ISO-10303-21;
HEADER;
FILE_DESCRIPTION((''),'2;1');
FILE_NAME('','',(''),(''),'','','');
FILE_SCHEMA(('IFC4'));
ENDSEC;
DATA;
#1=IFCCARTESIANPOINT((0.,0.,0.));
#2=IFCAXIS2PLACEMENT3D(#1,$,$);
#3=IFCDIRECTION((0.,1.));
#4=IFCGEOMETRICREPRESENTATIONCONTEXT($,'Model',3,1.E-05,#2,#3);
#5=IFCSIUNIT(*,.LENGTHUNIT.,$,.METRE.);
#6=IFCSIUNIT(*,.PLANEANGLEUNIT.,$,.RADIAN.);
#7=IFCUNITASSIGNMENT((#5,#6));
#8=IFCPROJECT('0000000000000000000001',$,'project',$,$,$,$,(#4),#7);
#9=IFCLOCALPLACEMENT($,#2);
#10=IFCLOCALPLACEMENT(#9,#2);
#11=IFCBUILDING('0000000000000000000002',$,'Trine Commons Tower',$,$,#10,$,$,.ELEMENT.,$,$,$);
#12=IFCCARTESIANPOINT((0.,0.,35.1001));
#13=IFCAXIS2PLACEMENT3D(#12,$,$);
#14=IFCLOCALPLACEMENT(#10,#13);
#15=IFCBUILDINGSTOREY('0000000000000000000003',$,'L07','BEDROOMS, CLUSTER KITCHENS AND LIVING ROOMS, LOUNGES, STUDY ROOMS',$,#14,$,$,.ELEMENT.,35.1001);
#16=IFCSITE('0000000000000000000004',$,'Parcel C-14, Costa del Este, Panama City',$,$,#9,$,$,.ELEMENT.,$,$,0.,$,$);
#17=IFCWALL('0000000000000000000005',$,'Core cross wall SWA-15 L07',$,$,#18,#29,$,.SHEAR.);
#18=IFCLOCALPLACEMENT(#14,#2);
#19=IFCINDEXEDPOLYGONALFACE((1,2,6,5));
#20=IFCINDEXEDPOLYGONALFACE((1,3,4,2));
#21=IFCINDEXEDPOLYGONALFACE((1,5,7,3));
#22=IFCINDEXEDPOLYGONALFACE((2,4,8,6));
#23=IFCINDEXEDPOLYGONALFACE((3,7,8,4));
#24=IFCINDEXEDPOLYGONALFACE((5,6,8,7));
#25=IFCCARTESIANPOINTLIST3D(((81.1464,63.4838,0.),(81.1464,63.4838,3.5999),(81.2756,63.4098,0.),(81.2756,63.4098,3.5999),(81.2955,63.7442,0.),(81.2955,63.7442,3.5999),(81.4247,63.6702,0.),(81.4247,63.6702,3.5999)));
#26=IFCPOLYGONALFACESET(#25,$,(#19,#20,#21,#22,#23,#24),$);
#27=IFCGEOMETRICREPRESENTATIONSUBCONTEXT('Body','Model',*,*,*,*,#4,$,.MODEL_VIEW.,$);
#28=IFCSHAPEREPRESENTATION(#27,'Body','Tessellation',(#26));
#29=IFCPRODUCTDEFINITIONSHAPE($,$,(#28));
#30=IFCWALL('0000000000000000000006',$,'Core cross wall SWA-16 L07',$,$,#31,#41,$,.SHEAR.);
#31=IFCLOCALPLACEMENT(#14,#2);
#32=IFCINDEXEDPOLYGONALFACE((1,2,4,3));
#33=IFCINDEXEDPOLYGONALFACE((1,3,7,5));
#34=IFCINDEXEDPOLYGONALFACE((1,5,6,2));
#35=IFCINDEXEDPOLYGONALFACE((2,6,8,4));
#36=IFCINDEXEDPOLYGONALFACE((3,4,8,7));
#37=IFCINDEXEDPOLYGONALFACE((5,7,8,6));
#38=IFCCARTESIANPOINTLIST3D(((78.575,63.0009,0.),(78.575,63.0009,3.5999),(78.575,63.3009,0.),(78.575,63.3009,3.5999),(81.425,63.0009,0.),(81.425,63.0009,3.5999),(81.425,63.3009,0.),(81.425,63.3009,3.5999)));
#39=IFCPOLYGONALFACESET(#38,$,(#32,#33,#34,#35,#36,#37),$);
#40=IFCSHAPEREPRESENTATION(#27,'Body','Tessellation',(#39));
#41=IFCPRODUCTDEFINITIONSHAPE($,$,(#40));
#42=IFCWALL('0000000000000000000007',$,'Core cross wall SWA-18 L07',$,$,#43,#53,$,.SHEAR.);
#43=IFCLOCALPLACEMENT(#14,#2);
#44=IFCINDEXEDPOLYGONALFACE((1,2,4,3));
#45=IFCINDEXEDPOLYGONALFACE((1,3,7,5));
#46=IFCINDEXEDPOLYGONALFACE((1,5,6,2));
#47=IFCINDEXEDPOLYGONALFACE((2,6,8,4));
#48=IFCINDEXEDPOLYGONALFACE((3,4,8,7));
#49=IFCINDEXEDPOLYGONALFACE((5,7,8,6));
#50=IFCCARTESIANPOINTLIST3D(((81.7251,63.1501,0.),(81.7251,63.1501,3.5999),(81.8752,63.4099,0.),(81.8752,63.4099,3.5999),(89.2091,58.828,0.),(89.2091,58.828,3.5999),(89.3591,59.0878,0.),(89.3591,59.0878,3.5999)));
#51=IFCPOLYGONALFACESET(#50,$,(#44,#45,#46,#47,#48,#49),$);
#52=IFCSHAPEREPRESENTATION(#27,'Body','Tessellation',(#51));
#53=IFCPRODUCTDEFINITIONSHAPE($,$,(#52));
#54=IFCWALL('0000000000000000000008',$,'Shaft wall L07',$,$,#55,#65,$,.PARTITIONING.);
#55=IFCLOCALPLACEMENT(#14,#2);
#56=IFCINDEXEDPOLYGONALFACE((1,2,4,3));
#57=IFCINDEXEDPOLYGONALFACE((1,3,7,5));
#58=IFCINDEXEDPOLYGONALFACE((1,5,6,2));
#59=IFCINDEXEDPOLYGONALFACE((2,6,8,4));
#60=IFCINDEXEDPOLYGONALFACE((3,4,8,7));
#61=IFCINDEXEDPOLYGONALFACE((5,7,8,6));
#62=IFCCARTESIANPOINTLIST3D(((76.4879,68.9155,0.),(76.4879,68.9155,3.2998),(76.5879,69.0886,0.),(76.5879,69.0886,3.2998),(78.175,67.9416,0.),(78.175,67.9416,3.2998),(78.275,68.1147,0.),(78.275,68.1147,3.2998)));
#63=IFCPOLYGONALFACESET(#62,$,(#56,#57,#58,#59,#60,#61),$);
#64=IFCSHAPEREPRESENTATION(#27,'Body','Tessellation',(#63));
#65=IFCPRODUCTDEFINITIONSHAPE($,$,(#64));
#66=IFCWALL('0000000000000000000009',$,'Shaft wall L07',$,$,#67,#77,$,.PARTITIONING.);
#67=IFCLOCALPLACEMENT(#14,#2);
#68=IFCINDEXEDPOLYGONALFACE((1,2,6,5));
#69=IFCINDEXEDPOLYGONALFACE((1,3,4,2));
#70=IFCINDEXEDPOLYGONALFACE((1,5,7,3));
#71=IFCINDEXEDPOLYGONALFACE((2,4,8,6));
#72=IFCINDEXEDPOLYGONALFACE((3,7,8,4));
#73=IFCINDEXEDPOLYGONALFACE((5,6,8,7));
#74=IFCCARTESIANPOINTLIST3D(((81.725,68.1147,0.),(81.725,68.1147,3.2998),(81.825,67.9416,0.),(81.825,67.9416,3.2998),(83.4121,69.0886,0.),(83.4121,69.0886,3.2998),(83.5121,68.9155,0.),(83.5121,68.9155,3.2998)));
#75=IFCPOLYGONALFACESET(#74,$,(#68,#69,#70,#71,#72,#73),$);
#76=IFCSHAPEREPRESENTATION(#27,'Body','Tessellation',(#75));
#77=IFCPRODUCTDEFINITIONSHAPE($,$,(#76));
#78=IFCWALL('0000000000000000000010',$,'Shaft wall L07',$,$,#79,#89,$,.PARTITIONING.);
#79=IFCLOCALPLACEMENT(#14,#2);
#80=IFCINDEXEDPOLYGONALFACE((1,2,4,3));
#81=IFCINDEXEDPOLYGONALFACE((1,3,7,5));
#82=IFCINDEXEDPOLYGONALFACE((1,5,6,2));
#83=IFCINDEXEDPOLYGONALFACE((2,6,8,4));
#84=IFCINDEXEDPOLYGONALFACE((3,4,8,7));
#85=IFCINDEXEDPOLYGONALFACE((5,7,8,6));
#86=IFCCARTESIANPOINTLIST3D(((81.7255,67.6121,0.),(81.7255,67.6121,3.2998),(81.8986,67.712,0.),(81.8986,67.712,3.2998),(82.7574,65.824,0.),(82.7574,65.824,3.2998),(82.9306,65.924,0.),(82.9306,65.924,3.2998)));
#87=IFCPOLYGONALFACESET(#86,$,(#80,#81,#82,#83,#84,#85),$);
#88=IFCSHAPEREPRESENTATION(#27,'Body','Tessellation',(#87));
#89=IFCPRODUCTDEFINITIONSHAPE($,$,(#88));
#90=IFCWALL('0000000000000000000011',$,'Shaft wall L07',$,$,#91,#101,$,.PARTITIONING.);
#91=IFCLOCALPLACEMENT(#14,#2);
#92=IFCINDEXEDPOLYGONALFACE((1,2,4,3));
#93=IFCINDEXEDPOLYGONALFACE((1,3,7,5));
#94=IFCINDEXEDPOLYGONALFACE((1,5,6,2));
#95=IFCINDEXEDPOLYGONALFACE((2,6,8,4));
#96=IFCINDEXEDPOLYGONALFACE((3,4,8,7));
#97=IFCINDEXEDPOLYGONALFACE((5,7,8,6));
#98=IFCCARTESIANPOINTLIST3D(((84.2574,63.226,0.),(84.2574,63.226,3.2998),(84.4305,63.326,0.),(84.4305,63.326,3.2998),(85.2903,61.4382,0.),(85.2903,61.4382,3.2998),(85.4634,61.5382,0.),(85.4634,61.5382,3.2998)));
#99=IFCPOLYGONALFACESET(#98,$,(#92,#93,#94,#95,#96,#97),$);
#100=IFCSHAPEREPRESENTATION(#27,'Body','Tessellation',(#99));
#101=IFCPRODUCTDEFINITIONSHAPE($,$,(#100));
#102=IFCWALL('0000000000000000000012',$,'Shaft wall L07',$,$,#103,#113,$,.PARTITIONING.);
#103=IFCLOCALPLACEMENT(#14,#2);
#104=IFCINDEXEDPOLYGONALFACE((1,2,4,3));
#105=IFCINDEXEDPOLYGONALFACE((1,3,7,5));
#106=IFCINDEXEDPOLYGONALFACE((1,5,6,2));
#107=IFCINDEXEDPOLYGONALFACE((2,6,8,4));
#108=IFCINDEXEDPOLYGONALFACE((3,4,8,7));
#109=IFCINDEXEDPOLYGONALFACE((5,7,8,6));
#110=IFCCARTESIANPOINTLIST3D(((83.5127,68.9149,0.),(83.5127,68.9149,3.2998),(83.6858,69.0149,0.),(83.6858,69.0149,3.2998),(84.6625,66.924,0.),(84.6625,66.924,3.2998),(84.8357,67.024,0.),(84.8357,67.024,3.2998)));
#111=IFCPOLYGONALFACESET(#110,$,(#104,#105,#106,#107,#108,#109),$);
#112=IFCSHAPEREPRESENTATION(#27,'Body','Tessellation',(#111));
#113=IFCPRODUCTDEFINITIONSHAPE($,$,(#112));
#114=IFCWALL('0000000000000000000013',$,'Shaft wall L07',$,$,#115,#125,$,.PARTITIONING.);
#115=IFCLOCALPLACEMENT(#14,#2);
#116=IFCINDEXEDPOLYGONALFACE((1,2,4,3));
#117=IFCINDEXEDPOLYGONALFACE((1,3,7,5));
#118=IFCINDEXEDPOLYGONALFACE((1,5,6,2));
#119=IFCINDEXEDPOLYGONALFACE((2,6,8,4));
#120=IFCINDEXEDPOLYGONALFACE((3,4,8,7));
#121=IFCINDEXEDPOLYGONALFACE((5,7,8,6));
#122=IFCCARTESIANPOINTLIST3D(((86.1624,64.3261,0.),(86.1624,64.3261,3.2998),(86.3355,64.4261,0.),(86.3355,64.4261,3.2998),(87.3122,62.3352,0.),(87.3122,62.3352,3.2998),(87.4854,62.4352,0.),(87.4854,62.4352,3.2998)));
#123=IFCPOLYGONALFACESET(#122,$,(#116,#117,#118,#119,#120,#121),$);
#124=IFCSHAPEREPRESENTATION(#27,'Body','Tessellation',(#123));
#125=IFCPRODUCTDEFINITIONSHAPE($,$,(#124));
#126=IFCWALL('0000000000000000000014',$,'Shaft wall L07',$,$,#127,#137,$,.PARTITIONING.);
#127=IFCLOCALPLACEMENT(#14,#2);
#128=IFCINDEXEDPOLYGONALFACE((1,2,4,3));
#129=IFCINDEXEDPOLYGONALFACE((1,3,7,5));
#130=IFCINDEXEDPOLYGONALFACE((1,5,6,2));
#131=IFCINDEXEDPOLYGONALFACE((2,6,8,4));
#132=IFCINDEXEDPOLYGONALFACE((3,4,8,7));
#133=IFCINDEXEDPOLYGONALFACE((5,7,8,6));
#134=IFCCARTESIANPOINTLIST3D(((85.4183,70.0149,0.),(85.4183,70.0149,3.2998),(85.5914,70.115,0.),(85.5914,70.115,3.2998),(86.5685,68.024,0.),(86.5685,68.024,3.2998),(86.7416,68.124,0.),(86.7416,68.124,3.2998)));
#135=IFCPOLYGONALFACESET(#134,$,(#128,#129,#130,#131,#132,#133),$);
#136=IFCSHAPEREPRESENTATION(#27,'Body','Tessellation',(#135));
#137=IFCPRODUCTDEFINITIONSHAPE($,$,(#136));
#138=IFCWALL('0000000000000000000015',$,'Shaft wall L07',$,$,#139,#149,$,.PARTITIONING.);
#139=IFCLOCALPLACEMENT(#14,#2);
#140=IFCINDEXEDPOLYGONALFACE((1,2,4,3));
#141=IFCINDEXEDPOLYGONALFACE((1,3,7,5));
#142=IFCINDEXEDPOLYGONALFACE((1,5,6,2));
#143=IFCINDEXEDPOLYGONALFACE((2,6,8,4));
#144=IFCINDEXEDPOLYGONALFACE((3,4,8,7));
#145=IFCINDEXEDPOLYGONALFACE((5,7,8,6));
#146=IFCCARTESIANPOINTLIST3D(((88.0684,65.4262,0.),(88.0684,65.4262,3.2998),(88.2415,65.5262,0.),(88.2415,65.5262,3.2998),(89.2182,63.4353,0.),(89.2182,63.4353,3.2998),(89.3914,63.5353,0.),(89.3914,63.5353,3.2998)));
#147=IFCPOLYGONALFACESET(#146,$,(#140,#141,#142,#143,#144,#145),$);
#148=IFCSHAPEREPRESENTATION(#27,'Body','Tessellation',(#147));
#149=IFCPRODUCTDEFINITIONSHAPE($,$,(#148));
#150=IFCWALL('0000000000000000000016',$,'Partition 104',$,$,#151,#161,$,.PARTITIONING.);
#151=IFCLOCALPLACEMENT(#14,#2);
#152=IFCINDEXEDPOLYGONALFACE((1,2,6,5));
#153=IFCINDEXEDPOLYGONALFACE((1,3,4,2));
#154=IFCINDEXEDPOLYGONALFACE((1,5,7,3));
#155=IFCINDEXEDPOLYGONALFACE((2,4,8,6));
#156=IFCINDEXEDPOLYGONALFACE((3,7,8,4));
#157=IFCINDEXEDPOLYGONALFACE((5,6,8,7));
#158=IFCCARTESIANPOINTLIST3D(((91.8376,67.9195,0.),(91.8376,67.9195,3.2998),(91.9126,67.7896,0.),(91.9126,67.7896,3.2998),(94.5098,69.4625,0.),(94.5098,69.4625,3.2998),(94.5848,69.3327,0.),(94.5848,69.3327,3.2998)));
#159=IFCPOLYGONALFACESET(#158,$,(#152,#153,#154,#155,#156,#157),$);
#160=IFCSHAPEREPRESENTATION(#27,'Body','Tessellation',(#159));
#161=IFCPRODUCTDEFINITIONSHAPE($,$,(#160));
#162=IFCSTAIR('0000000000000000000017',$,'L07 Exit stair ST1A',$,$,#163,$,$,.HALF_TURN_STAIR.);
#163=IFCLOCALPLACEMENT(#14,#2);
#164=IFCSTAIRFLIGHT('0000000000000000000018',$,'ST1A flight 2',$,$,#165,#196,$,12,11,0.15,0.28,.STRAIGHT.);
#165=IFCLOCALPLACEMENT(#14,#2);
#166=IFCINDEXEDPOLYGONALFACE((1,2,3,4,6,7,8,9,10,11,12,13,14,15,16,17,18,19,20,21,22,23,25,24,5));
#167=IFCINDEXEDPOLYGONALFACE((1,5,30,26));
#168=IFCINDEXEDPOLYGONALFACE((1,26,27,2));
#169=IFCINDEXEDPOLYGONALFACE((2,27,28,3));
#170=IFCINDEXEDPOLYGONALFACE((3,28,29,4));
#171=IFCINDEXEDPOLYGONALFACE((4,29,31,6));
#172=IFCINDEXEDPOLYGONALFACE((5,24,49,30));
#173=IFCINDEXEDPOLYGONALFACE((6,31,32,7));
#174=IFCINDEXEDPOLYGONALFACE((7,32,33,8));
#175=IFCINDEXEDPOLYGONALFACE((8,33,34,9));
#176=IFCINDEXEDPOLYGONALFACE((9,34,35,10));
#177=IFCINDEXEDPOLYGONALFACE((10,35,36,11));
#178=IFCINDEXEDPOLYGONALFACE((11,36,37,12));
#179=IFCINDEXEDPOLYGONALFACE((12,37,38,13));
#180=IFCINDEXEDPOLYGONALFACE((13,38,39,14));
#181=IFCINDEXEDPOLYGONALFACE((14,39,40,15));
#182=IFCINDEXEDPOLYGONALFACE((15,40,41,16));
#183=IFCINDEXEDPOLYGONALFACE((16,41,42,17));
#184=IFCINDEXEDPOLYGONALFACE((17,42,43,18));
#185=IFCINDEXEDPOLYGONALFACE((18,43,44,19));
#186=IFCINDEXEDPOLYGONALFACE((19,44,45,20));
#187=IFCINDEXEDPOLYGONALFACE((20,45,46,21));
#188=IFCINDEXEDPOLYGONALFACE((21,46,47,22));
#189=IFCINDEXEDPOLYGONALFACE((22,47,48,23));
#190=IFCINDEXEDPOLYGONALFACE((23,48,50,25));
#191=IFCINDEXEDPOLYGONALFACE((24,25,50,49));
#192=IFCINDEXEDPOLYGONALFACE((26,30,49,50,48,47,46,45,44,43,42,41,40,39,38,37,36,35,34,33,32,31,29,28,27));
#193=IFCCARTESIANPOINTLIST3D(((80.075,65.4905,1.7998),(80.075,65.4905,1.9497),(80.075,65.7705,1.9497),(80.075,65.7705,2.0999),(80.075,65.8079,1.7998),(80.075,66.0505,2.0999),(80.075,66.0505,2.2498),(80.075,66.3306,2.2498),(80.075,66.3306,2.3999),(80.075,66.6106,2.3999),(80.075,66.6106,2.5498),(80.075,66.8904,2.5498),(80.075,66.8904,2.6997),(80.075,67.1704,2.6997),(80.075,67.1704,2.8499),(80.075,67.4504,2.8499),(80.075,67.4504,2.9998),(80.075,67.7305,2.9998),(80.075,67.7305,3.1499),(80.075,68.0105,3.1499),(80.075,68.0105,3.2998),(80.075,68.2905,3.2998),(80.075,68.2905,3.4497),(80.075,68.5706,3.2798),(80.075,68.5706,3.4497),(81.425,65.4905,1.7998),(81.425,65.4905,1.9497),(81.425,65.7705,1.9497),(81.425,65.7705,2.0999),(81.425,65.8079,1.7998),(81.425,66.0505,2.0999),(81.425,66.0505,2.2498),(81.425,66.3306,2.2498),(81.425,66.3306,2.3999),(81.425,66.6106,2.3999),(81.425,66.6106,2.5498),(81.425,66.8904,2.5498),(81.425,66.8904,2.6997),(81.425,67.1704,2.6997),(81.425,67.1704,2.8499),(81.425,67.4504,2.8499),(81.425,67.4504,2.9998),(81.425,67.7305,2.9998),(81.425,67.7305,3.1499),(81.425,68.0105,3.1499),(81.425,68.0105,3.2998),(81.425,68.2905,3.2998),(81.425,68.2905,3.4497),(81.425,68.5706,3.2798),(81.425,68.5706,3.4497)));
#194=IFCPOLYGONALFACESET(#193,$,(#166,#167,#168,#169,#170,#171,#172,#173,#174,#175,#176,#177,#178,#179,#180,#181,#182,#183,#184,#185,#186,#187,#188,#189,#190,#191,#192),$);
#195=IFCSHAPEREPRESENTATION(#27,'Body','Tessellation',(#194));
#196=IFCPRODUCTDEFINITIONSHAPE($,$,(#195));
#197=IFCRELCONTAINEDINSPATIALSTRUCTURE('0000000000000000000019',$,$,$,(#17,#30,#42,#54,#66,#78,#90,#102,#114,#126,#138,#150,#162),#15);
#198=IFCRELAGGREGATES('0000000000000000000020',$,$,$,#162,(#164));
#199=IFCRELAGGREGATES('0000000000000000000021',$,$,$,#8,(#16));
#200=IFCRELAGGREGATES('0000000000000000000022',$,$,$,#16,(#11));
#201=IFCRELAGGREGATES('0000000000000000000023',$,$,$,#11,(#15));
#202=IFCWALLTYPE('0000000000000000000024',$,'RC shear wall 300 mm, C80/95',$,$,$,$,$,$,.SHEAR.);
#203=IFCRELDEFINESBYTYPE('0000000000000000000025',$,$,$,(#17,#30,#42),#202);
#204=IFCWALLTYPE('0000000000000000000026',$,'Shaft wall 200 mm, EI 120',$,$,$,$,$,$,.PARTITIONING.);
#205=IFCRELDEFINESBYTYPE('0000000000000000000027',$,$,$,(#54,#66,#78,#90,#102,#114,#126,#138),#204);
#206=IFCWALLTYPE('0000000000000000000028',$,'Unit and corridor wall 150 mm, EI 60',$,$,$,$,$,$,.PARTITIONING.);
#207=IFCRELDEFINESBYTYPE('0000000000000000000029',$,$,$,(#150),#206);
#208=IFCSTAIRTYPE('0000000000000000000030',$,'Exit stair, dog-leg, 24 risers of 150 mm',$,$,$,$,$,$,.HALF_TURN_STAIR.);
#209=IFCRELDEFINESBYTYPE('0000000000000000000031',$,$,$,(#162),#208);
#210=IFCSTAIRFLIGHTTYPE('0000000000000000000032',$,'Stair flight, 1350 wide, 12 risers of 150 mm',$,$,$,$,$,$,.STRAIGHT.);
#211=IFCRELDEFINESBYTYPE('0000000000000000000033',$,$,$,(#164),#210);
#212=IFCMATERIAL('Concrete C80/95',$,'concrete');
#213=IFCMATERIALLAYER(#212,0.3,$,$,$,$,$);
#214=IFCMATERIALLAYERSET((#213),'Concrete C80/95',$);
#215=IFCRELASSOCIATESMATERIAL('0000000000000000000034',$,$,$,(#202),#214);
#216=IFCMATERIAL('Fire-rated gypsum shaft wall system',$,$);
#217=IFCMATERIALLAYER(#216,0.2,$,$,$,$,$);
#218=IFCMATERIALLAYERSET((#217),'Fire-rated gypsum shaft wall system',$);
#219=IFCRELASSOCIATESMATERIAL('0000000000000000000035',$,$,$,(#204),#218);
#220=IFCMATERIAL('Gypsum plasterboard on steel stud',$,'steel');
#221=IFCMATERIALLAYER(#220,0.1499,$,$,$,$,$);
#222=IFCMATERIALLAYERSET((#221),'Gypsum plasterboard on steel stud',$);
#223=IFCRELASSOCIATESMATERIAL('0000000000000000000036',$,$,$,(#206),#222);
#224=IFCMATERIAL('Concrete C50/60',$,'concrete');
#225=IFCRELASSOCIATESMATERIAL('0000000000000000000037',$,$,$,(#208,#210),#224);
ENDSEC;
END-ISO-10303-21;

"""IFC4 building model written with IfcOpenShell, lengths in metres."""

from ifc_helpers import new_model, si_unit, direction, frame, frame_2d, origin, place, context, subcontext, project, spatial, polyline, rectangle, outline, extrude, material, layer, layer_set, type_object, element, aggregate, save


model = new_model("IFC4")

# Units and contexts
model_context = context("Model", 3, precision=1e-05, world=origin(), true_north=direction((0.0, 1.0)))
body_context = subcontext(model_context, "Body", "Model", "MODEL_VIEW")
ifc_project = project(units=[si_unit("LENGTHUNIT", "METRE"), si_unit("PLANEANGLEUNIT", "RADIAN")], contexts=[model_context])

# Site, building, storey
site_placement = place(None, origin())
site = spatial("IfcSite", under=ifc_project, at=site_placement, Name="Parcel C-14, Costa del Este, Panama City", CompositionType="ELEMENT", RefElevation=0.0)
building_placement = place(site_placement, origin())
building = spatial("IfcBuilding", under=site, at=building_placement, Name="Trine Commons Tower", CompositionType="ELEMENT")
storey_placement = place(building_placement, frame((0.0, 0.0, 35.1001)))
storey = spatial("IfcBuildingStorey", under=building, at=storey_placement, Name="L07", Description="BEDROOMS, CLUSTER KITCHENS AND LIVING ROOMS, LOUNGES, STUDY ROOMS", CompositionType="ELEMENT", Elevation=35.1001)

# Shared definitions
ifc_material_1 = material(Name="Concrete C50/60", Category="concrete")

# Shared definitions
ifc_material_2 = material(Name="Fire-rated gypsum shaft wall system")
ifc_material_3 = material(Name="Concrete C80/95", Category="concrete")
ifc_layer_1 = layer(ifc_material_3, 0.3)
ifc_layer_set_1 = layer_set([ifc_layer_1], Name="Concrete C80/95")
wall_type_1 = type_object("IfcWallType", Name="RC shear wall 300 mm, C80/95", PredefinedType="SHEAR", material=ifc_layer_set_1)

# Walls
for number, where, z_axis, x_axis, name in (
    (1, (81.2209, 63.614, 0.0), (0.0, 0.0, 1.0), (0.867738, -0.497022, 0.0), "Core cross wall SWA-15 L07"),
):
    element("IfcWall", number, at=place(storey_placement, frame(where, z_axis=z_axis, x_axis=x_axis)), inside=storey, type_object=wall_type_1, Name=name, PredefinedType="SHEAR", context=body_context, shape_type="SweptSolid", body=[
        extrude(rectangle(XDim=0.1489, YDim=0.3, at=frame_2d((0.0745, 0.0))), origin(), (0.0, 0.0, 1.0), 3.5999),
    ])
wall_1_placement = place(storey_placement, frame((81.425, 63.1509, 0.0), z_axis=(0.0, 0.0, 1.0), x_axis=(-1.0, 0.0, 0.0)))
element("IfcWall", 2, at=wall_1_placement, inside=storey, type_object=wall_type_1, Name="Core cross wall SWA-16 L07", PredefinedType="SHEAR", context=body_context, shape_type="SweptSolid", body=[
    extrude(rectangle(XDim=2.8501, YDim=0.3, at=frame_2d((1.425, 0.0))), origin(), (0.0, 0.0, 1.0), 3.5999),
])
wall_2_placement = place(storey_placement, frame((81.8, 63.28, 0.0), z_axis=(0.0, 0.0, 1.0), x_axis=(0.865965, -0.500104, 0.0)))
element("IfcWall", 3, at=wall_2_placement, inside=storey, type_object=wall_type_1, Name="Core cross wall SWA-18 L07", PredefinedType="SHEAR", context=body_context, shape_type="SweptSolid", body=[
    extrude(rectangle(XDim=8.6423, YDim=0.3, at=frame_2d((4.3213, 0.0))), origin(), (0.0, 0.0, 1.0), 3.5999),
])
ifc_layer_2 = layer(ifc_material_2, 0.2)
ifc_layer_set_2 = layer_set([ifc_layer_2], Name="Fire-rated gypsum shaft wall system")
wall_type_2 = type_object("IfcWallType", Name="Shaft wall 200 mm, EI 120", PredefinedType="PARTITIONING", material=ifc_layer_set_2)
for number, where, z_axis, x_axis, name in (
    (4, (78.2251, 68.0281, 0.0), (0.0, 0.0, 1.0), (-0.866052, 0.499954, 0.0), "Shaft wall L07"),
    (5, (81.7749, 68.0281, 0.0), (0.0, 0.0, 1.0), (0.866052, 0.499954, 0.0), "Shaft wall L07"),
):
    element("IfcWall", number, at=place(storey_placement, frame(where, z_axis=z_axis, x_axis=x_axis)), inside=storey, type_object=wall_type_2, Name=name, PredefinedType="PARTITIONING", context=body_context, shape_type="SweptSolid", body=[
        extrude(rectangle(XDim=1.948, YDim=0.2, at=frame_2d((0.9741, 0.0))), origin(), (0.0, 0.0, 1.0), 3.2998),
    ])
wall_3_placement = place(storey_placement, frame((82.844, 65.874, 0.0), z_axis=(0.0, 0.0, 1.0), x_axis=(-0.499866, 0.866103, 0.0)))
element("IfcWall", 6, at=wall_3_placement, inside=storey, type_object=wall_type_2, Name="Shaft wall L07", PredefinedType="PARTITIONING", context=body_context, shape_type="SweptSolid", body=[
    extrude(rectangle(XDim=2.0645, YDim=0.2, at=frame_2d((1.0322, 0.0))), origin(), (0.0, 0.0, 1.0), 3.2998),
])
wall_4_placement = place(storey_placement, frame((84.344, 63.2759, 0.0), z_axis=(0.0, 0.0, 1.0), x_axis=(0.500272, -0.865868, 0.0)))
element("IfcWall", 7, at=wall_4_placement, inside=storey, type_object=wall_type_2, Name="Shaft wall L07", PredefinedType="PARTITIONING", context=body_context, shape_type="SweptSolid", body=[
    extrude(rectangle(XDim=2.0647, YDim=0.2, at=frame_2d((1.0322, 0.0))), origin(), (0.0, 0.0, 1.0), 3.2998),
])
for number, where, z_axis, x_axis, name in (
    (8, (84.749, 66.9741, 0.0), (0.0, 0.0, 1.0), (-0.500136, 0.865947, 0.0), "Shaft wall L07"),
    (9, (86.249, 64.376, 0.0), (0.0, 0.0, 1.0), (0.500136, -0.865947, 0.0), "Shaft wall L07"),
):
    element("IfcWall", number, at=place(storey_placement, frame(where, z_axis=z_axis, x_axis=x_axis)), inside=storey, type_object=wall_type_2, Name=name, PredefinedType="PARTITIONING", context=body_context, shape_type="SweptSolid", body=[
        extrude(rectangle(XDim=2.2991, YDim=0.2, at=frame_2d((1.1494, 0.0))), origin(), (0.0, 0.0, 1.0), 3.2998),
    ])
wall_5_placement = place(storey_placement, frame((86.655, 68.074, 0.0), z_axis=(0.0, 0.0, 1.0), x_axis=(-0.500216, 0.865901, 0.0)))
element("IfcWall", 10, at=wall_5_placement, inside=storey, type_object=wall_type_2, Name="Shaft wall L07", PredefinedType="PARTITIONING", context=body_context, shape_type="SweptSolid", body=[
    extrude(rectangle(XDim=2.2993, YDim=0.2, at=frame_2d((1.1497, 0.0))), origin(), (0.0, 0.0, 1.0), 3.2998),
])
wall_6_placement = place(storey_placement, frame((88.155, 65.4761, 0.0), z_axis=(0.0, 0.0, 1.0), x_axis=(0.500136, -0.865947, 0.0)))
element("IfcWall", 11, at=wall_6_placement, inside=storey, type_object=wall_type_2, Name="Shaft wall L07", PredefinedType="PARTITIONING", context=body_context, shape_type="SweptSolid", body=[
    extrude(rectangle(XDim=2.2991, YDim=0.2, at=frame_2d((1.1494, 0.0))), origin(), (0.0, 0.0, 1.0), 3.2998),
])
ifc_material_4 = material(Name="Gypsum plasterboard on steel stud", Category="steel")
ifc_layer_3 = layer(ifc_material_4, 0.1499)
ifc_layer_set_3 = layer_set([ifc_layer_3], Name="Gypsum plasterboard on steel stud")
wall_type_3 = type_object("IfcWallType", Name="Unit and corridor wall 150 mm, EI 60", PredefinedType="PARTITIONING", material=ifc_layer_set_3)
wall_7_placement = place(storey_placement, frame((91.875, 67.8545, 0.0), z_axis=(0.0, 0.0, 1.0), x_axis=(0.865995, 0.500053, 0.0)))
element("IfcWall", 12, at=wall_7_placement, inside=storey, type_object=wall_type_3, Name="Partition 104", PredefinedType="PARTITIONING", context=body_context, shape_type="SweptSolid", body=[
    extrude(rectangle(XDim=3.0857, YDim=0.1499, at=frame_2d((1.543, 0.0))), origin(), (0.0, 0.0, 1.0), 3.2998),
])

# Stair, stair flight
stair_type = type_object("IfcStairType", Name="Exit stair, dog-leg, 24 risers of 150 mm", PredefinedType="HALF_TURN_STAIR", material=ifc_material_1)
stair_placement = place(storey_placement, origin())
stair = element("IfcStair", 13, at=stair_placement, inside=storey, type_object=stair_type, Name="L07 Exit stair ST1A", PredefinedType="HALF_TURN_STAIR")
stair_flight_type = type_object("IfcStairFlightType", Name="Stair flight, 1350 wide, 12 risers of 150 mm", PredefinedType="STRAIGHT", material=ifc_material_1)
stair_flight_placement = place(storey_placement, frame((80.75, 65.4905, 1.7998), z_axis=(0.0, 0.0, 1.0), x_axis=(0.0, 1.0, 0.0)))
stair_flight = element("IfcStairFlight", 14, at=stair_flight_placement, type_object=stair_flight_type, Name="ST1A flight 2", NumberOfRisers=12, NumberOfTreads=11, PredefinedType="STRAIGHT", RiserHeight=0.15, TreadLength=0.28, context=body_context, shape_type="SweptSolid", body=[
    extrude(outline(polyline([(0.0, 0.0), (0.0, 0.1499), (0.28, 0.1499), (0.28, 0.3), (0.5601, 0.3), (0.5601, 0.45), (0.8401, 0.45), (0.8401, 0.6001), (1.1201, 0.6001), (1.1201, 0.75), (1.3999, 0.75), (1.3999, 0.8999), (1.6799, 0.8999), (1.6799, 1.05), (1.96, 1.05), (1.96, 1.2), (2.24, 1.2), (2.24, 1.3501), (2.52, 1.3501), (2.52, 1.5), (2.8, 1.5), (2.8, 1.6499), (3.0801, 1.6499), (3.0801, 1.8), (3.0801, 1.48), (0.3174, 0.0), (0.0, 0.0)])), frame((0.0, 0.675, 0.0), z_axis=(0.0, -1.0, 0.0), x_axis=(1.0, 0.0, 0.0)), (0.0, 0.0, 1.0), 1.3501),
])
aggregate(stair, [stair_flight])

save(model, "model.ifc")
